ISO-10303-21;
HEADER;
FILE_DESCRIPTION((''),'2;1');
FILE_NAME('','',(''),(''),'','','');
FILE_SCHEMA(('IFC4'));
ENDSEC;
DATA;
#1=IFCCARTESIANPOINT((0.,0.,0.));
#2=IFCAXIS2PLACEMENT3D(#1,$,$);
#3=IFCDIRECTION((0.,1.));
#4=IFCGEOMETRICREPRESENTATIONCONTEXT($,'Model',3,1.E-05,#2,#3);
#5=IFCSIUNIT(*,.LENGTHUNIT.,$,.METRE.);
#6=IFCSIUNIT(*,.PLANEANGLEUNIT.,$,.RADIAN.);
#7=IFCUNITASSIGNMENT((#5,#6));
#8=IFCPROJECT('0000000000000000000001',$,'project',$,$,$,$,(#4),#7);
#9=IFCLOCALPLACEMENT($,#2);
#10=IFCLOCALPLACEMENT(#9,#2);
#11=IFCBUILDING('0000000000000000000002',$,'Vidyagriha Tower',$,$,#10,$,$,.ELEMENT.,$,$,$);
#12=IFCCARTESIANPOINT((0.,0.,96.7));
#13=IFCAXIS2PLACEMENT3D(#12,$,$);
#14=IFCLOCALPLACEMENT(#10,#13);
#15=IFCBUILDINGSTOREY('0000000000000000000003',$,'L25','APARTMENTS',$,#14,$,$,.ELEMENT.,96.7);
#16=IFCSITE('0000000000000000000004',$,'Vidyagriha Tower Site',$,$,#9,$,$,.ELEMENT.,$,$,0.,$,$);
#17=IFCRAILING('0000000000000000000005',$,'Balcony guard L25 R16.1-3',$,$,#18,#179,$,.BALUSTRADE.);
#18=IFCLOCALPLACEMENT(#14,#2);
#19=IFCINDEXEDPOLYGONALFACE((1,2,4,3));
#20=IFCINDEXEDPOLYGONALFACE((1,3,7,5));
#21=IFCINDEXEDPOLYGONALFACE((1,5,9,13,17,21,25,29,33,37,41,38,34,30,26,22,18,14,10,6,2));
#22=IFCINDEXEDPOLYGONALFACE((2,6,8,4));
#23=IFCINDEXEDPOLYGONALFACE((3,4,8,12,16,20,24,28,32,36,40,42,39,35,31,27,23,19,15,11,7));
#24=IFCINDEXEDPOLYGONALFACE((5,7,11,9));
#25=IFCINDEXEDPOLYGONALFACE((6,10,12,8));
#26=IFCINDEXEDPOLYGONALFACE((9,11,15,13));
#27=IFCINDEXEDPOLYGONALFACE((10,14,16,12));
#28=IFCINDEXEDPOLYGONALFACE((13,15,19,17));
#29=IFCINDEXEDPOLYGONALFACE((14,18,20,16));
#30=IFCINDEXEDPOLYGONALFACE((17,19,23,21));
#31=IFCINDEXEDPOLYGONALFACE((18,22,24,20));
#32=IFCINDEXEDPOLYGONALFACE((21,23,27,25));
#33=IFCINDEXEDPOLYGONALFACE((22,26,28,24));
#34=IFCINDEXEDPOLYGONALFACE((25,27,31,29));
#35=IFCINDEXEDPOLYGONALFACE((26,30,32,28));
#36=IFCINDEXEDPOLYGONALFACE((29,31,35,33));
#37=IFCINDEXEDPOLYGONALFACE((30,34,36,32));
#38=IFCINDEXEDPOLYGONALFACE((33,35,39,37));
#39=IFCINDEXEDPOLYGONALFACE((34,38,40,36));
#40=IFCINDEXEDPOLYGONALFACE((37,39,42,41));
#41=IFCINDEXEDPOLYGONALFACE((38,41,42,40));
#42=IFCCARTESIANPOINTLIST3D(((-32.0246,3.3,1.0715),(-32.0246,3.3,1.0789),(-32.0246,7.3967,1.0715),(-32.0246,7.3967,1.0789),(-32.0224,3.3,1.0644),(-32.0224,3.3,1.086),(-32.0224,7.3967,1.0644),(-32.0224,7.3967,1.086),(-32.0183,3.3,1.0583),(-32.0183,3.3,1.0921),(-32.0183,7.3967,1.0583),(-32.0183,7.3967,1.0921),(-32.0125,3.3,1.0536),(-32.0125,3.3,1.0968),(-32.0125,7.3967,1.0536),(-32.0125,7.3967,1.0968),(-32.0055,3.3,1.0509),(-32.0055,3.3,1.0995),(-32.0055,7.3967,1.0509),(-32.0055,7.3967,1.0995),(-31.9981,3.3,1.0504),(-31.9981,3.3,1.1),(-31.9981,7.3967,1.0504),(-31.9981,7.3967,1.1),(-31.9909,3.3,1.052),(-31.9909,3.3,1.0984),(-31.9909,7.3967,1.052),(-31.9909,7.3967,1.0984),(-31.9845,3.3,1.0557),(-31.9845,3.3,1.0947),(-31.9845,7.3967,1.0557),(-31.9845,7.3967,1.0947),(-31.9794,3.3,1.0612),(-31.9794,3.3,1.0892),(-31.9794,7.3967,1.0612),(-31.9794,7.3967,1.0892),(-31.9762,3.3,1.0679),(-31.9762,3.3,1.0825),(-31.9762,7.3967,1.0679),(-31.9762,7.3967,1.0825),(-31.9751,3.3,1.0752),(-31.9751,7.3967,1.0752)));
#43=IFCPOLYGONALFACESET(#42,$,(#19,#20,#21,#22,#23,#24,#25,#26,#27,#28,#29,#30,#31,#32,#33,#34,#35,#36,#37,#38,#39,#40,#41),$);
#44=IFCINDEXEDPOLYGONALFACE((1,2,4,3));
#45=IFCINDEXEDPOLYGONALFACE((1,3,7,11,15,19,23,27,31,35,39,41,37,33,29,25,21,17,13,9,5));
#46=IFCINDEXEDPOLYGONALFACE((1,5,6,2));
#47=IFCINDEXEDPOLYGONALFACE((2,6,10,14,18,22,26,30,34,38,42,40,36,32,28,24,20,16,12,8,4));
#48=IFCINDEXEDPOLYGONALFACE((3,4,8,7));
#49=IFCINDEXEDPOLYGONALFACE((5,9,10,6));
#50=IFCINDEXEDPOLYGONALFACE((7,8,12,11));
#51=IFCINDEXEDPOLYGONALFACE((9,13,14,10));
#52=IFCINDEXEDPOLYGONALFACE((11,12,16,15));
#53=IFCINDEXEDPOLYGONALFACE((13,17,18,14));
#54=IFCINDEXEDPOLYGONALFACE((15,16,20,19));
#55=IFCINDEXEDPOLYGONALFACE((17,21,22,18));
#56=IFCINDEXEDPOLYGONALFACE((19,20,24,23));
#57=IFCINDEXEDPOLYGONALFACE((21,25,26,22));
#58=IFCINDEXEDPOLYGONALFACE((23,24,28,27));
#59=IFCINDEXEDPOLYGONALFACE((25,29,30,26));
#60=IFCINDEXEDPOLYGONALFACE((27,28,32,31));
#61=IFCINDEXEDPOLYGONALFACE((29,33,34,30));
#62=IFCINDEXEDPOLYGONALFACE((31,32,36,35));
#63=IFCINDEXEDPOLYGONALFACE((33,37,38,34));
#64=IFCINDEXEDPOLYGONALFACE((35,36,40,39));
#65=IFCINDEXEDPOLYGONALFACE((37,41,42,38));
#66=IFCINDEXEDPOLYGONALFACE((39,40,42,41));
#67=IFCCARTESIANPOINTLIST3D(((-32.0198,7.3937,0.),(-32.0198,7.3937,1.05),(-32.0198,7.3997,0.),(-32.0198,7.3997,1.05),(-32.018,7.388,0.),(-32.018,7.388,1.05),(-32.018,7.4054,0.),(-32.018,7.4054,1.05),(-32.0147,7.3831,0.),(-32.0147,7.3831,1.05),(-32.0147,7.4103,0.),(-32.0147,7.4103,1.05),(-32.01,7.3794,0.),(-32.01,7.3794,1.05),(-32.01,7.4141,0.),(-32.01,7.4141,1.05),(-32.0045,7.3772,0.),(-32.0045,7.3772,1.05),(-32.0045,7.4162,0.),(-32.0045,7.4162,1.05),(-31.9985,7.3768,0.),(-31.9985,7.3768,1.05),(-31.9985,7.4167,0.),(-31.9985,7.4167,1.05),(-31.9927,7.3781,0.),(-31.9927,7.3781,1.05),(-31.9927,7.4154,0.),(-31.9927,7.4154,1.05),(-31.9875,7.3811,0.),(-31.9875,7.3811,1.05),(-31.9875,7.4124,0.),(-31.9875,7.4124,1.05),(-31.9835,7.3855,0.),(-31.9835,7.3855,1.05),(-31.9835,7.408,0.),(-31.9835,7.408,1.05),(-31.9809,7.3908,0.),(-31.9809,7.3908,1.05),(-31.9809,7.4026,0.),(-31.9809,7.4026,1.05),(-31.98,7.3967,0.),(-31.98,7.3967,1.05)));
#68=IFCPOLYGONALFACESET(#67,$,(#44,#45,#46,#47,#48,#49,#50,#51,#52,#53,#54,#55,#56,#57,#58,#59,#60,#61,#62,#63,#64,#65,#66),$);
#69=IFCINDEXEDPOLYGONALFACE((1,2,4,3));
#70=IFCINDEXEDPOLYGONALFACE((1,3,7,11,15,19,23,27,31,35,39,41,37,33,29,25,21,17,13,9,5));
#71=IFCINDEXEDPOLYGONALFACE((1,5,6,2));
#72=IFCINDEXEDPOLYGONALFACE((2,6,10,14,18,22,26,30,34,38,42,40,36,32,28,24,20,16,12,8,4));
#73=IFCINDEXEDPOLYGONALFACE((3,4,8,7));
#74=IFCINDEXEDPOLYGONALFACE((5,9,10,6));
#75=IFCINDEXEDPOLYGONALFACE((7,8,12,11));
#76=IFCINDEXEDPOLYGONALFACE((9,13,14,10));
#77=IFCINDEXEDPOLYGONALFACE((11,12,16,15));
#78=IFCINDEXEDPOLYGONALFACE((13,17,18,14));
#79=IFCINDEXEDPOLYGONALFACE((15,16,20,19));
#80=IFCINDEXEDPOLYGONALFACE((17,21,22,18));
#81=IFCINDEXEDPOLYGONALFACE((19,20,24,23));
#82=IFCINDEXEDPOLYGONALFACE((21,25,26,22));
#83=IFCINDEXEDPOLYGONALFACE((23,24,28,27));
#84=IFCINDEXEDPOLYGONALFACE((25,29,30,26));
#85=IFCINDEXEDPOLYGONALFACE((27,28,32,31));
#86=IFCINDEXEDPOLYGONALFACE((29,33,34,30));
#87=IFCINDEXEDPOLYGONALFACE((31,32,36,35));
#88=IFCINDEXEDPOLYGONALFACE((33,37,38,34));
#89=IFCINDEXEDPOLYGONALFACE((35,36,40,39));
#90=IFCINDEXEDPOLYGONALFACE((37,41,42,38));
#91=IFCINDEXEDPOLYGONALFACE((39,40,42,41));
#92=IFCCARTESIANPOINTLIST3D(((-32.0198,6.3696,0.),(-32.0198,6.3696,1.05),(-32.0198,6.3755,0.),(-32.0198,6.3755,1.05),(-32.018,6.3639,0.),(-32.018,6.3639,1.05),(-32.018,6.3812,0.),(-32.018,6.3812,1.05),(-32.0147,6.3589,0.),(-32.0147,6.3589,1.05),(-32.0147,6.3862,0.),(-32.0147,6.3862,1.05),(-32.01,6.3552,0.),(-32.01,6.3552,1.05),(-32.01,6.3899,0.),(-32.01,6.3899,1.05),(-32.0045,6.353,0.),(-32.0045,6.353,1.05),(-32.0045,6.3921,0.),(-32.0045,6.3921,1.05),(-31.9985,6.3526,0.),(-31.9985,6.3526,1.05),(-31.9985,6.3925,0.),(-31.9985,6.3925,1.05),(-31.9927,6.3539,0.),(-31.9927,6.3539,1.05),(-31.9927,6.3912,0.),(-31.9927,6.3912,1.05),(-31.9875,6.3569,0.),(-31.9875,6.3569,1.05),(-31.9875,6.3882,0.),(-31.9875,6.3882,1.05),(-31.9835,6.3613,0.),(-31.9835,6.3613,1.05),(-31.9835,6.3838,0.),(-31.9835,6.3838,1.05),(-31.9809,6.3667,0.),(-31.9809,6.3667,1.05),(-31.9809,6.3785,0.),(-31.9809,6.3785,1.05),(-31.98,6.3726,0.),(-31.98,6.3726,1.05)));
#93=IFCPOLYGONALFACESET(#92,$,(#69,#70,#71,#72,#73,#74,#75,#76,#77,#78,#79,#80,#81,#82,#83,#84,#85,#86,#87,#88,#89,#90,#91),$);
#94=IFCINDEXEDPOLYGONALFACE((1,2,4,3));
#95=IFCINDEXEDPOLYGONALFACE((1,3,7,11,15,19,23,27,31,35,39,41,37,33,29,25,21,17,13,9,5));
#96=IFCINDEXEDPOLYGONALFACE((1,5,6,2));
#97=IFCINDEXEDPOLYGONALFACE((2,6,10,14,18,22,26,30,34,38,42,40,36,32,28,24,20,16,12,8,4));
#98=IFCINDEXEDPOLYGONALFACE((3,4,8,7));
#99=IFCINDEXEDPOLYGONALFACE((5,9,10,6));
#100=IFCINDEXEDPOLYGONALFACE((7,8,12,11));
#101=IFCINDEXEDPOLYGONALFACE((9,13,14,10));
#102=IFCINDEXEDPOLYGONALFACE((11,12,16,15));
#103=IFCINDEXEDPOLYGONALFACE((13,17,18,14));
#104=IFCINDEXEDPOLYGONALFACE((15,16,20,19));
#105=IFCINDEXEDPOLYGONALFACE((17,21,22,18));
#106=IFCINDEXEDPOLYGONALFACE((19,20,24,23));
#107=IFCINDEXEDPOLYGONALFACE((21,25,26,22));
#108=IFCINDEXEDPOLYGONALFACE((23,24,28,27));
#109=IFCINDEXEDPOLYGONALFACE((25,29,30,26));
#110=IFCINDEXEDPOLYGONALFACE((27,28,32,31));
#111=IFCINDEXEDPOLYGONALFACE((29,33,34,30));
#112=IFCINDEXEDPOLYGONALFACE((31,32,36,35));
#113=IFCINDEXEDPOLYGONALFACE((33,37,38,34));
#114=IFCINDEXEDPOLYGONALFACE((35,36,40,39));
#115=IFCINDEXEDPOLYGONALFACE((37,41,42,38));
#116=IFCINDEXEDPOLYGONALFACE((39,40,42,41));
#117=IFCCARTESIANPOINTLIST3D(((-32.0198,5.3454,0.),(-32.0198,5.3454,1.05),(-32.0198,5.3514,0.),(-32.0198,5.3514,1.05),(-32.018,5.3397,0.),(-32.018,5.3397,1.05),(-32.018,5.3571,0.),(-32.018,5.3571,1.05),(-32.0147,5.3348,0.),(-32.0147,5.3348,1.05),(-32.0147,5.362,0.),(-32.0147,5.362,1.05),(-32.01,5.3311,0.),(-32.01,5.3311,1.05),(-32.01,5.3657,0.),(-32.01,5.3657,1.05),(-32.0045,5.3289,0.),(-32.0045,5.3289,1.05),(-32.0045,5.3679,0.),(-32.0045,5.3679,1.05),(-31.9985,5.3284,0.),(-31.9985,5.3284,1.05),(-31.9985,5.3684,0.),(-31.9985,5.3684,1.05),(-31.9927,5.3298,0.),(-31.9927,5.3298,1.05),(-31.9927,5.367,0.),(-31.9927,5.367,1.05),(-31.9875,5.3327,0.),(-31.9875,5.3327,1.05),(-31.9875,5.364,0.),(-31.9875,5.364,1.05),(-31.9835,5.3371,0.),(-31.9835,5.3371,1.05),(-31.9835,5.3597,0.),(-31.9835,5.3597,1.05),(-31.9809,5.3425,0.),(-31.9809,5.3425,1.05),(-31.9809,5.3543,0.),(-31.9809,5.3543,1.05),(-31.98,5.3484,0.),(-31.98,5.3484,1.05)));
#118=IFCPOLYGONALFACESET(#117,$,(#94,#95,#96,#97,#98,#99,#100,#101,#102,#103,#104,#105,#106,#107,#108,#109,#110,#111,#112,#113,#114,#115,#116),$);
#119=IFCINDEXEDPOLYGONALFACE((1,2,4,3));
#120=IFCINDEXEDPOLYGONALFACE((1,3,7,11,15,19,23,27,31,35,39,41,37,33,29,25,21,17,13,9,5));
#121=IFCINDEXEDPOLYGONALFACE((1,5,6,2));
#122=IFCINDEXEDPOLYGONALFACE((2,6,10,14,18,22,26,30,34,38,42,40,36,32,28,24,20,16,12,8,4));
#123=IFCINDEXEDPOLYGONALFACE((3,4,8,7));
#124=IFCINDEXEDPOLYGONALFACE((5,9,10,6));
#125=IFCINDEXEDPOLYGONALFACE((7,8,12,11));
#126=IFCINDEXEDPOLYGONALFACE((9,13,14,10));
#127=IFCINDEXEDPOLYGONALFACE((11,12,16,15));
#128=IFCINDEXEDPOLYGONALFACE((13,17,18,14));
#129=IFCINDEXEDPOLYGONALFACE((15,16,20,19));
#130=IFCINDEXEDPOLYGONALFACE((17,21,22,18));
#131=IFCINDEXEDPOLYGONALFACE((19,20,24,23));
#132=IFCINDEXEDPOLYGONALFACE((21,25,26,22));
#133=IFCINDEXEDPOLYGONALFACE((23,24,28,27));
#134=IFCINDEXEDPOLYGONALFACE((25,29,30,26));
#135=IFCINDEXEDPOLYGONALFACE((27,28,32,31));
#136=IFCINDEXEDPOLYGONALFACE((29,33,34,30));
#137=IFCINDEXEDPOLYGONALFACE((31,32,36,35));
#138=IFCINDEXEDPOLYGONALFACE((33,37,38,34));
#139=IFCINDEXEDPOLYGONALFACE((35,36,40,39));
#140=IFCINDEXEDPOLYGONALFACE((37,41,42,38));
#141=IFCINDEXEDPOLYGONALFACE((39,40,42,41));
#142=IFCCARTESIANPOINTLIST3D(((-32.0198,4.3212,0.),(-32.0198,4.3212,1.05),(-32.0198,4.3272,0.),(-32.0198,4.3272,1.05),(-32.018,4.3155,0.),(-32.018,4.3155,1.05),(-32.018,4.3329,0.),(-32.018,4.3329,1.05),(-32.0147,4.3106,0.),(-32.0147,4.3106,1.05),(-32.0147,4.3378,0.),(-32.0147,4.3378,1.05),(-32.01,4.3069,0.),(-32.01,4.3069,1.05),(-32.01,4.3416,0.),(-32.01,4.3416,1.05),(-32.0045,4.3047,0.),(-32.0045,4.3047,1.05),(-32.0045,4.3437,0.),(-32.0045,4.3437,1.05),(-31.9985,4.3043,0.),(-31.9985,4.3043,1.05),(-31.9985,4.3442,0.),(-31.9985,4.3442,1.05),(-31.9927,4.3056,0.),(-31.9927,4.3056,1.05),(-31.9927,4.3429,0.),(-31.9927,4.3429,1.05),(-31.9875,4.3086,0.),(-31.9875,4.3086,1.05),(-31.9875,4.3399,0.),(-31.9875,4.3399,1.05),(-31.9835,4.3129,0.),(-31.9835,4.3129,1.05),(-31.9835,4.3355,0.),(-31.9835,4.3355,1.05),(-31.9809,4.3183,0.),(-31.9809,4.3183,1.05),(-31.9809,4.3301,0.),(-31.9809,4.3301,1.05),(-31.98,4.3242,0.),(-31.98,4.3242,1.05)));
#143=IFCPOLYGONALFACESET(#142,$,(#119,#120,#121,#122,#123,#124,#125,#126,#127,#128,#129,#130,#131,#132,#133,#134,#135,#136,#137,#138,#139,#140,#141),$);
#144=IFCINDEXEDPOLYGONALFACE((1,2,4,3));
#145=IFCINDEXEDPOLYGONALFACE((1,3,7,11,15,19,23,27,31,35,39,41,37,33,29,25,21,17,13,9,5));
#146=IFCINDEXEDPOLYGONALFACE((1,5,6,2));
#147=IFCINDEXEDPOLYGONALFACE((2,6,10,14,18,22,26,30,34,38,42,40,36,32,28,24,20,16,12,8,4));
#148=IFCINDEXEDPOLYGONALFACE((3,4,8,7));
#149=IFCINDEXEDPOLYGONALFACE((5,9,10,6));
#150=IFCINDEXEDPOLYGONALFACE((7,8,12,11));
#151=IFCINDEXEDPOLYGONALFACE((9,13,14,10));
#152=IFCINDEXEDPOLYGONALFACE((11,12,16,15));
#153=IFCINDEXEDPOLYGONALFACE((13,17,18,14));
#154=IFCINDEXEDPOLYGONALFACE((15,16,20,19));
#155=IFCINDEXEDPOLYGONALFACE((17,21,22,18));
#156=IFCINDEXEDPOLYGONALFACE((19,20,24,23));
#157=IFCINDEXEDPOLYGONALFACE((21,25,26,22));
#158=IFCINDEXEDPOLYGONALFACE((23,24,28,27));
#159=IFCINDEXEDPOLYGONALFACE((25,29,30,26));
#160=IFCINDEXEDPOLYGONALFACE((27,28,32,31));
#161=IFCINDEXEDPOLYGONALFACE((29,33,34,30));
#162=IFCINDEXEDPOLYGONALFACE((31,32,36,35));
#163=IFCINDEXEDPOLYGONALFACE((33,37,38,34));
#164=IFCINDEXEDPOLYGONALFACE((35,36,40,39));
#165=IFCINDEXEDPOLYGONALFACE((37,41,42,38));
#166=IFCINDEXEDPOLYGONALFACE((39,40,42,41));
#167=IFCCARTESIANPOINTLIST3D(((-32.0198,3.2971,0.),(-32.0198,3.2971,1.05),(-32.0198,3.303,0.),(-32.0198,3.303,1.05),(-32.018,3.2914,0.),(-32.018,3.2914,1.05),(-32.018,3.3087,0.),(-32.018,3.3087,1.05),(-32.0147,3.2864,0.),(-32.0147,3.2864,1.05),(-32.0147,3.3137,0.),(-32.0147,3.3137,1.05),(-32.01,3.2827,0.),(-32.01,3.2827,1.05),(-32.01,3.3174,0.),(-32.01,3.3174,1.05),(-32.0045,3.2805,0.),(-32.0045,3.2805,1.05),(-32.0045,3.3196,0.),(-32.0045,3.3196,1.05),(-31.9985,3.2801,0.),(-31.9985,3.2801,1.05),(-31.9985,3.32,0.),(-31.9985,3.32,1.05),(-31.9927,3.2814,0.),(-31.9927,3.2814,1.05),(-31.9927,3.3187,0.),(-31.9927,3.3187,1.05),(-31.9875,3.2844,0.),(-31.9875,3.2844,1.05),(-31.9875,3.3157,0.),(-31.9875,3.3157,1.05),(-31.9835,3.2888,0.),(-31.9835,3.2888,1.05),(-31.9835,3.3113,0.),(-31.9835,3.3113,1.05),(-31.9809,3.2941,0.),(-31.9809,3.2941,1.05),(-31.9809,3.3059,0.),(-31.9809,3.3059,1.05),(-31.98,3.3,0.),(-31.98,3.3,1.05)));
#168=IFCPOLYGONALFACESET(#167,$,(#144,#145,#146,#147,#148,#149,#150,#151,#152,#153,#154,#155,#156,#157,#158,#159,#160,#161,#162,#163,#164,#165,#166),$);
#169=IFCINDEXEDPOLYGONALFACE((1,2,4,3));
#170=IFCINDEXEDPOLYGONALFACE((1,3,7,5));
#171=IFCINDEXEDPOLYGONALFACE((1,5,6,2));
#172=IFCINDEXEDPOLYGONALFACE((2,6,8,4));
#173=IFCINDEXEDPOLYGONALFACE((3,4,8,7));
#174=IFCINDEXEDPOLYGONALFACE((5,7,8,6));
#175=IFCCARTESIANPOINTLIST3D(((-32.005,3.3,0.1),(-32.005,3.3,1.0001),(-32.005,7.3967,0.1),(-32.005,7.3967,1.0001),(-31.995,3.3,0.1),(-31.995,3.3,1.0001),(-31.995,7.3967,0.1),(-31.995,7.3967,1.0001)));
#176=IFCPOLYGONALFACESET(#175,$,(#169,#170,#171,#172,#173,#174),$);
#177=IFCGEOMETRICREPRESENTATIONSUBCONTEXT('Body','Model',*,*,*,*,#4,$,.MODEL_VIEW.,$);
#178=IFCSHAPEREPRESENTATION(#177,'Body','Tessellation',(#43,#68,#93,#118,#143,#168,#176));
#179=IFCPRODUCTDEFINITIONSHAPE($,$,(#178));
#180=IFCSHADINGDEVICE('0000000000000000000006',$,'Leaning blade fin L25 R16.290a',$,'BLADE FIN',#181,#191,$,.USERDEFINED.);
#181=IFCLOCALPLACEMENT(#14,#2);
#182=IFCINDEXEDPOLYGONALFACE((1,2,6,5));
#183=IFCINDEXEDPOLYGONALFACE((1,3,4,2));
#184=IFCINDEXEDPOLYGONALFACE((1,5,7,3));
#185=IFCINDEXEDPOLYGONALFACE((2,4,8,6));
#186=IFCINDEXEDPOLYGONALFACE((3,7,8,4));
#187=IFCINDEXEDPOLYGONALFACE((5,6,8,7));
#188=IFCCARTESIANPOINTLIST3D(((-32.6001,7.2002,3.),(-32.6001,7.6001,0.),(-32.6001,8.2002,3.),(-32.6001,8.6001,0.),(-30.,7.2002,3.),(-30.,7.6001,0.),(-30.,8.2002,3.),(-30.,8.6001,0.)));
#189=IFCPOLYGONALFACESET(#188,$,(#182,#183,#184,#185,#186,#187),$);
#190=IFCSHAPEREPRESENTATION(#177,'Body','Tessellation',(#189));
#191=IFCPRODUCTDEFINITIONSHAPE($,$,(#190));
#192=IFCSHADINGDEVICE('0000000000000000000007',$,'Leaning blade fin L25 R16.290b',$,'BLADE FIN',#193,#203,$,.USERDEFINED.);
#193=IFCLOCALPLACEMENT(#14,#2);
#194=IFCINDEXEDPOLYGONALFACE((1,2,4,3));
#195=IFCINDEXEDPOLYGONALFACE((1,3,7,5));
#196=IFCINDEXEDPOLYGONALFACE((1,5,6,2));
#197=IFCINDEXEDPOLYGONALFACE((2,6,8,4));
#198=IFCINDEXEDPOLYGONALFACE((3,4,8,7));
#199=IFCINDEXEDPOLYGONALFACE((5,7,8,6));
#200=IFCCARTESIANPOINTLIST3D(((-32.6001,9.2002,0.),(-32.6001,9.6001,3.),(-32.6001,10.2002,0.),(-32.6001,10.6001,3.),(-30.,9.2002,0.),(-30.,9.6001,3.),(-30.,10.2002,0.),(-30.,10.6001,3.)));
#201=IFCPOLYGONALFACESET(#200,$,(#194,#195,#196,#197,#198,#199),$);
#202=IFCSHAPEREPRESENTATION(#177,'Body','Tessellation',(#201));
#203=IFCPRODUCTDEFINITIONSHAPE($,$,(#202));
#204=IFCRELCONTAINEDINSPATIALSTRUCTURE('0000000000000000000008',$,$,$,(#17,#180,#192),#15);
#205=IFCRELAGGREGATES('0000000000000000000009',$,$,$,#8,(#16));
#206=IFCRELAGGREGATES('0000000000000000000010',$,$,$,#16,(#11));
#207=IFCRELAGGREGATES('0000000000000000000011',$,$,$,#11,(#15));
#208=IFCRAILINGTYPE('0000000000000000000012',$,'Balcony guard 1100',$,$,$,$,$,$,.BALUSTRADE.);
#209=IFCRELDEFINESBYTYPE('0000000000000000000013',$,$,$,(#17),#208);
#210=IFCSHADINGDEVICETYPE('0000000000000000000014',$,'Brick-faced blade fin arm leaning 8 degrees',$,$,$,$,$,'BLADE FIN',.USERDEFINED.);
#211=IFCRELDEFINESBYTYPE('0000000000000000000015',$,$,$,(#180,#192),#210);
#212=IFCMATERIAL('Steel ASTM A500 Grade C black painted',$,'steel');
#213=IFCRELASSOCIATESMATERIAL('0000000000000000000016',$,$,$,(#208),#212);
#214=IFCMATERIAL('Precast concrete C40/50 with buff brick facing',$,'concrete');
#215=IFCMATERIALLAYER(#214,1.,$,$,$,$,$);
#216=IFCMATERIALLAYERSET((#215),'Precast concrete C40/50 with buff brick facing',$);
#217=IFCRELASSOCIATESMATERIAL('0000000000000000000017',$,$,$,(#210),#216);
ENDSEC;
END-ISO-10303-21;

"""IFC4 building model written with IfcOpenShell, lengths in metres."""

from ifc_helpers import new_model, si_unit, direction, frame, origin, origin_2d, place, context, subcontext, project, spatial, polyline, rectangle, circle, outline, extrude, material, layer, layer_set, type_object, element, save


model = new_model("IFC4")

# Units and contexts
model_context = context("Model", 3, precision=1e-05, world=origin(), true_north=direction((0.0, 1.0)))
body_context = subcontext(model_context, "Body", "Model", "MODEL_VIEW")
ifc_project = project(units=[si_unit("LENGTHUNIT", "METRE"), si_unit("PLANEANGLEUNIT", "RADIAN")], contexts=[model_context])

# Site, building, storey
site_placement = place(None, origin())
site = spatial("IfcSite", under=ifc_project, at=site_placement, Name="Vidyagriha Tower Site", CompositionType="ELEMENT", RefElevation=0.0)
building_placement = place(site_placement, origin())
building = spatial("IfcBuilding", under=site, at=building_placement, Name="Vidyagriha Tower", CompositionType="ELEMENT")
storey_placement = place(building_placement, frame((0.0, 0.0, 96.7)))
storey = spatial("IfcBuildingStorey", under=building, at=storey_placement, Name="L25", Description="APARTMENTS", CompositionType="ELEMENT", Elevation=96.7)

# Railing
ifc_material_1 = material(Name="Steel ASTM A500 Grade C black painted", Category="steel")
railing_type_1 = type_object("IfcRailingType", Name="Balcony guard 1100", PredefinedType="BALUSTRADE", material=ifc_material_1)
railing_1_placement = place(storey_placement, frame((-32.0, 7.3967, 0.0)))
element("IfcRailing", 1, at=railing_1_placement, inside=storey, type_object=railing_type_1, Name="Balcony guard L25 R16.1-3", PredefinedType="BALUSTRADE", context=body_context, shape_type="SweptSolid", body=[
    extrude(circle(Radius=0.0249, at=origin_2d()), frame((0.0, 0.0, 1.0752), z_axis=(0.0, -1.0, 0.0), x_axis=(1.0, 0.0, 0.0)), (0.0, 0.0, 1.0), 4.0967),
    extrude(circle(Radius=0.02, at=origin_2d()), origin(), (0.0, 0.0, 1.0), 1.05),
    extrude(circle(Radius=0.02, at=origin_2d()), frame((0.0, -1.0242, 0.0)), (0.0, 0.0, 1.0), 1.05),
    extrude(circle(Radius=0.02, at=origin_2d()), frame((0.0, -2.0483, 0.0)), (0.0, 0.0, 1.0), 1.05),
    extrude(circle(Radius=0.02, at=origin_2d()), frame((0.0, -3.0725, 0.0)), (0.0, 0.0, 1.0), 1.05),
    extrude(circle(Radius=0.02, at=origin_2d()), frame((0.0, -4.0967, 0.0)), (0.0, 0.0, 1.0), 1.05),
    extrude(rectangle(XDim=0.01, YDim=0.9001, at=origin_2d()), frame((0.0, 0.0, 0.55), z_axis=(0.0, -1.0, 0.0), x_axis=(1.0, 0.0, 0.0)), (0.0, 0.0, 1.0), 4.0967),
])

# Shading devices
ifc_material_2 = material(Name="Precast concrete C40/50 with buff brick facing", Category="concrete")
ifc_layer_1 = layer(ifc_material_2, 1.0)
ifc_layer_set_1 = layer_set([ifc_layer_1], Name="Precast concrete C40/50 with buff brick facing")
shading_device_type_1 = type_object("IfcShadingDeviceType", Name="Brick-faced blade fin arm leaning 8 degrees", ElementType="BLADE FIN", PredefinedType="USERDEFINED", material=ifc_layer_set_1)
shading_device_1_placement = place(storey_placement, frame((-31.3, 8.6001, 0.0), z_axis=(0.0, 0.0, 1.0), x_axis=(0.0, -1.0, 0.0)))
element("IfcShadingDevice", 2, at=shading_device_1_placement, inside=storey, type_object=shading_device_type_1, Name="Leaning blade fin L25 R16.290a", ObjectType="BLADE FIN", PredefinedType="USERDEFINED", context=body_context, shape_type="SweptSolid", body=[
    extrude(outline(polyline([(0.0, 0.0), (1.0, 0.0), (1.3999, 3.0), (0.3999, 3.0), (0.0, 0.0)])), frame((0.0, 1.3, 0.0), z_axis=(0.0, -1.0, 0.0), x_axis=(1.0, 0.0, 0.0)), (0.0, 0.0, 1.0), 2.6001),
])
shading_device_2_placement = place(storey_placement, frame((-31.3, 10.6001, 0.0), z_axis=(0.0, 0.0, 1.0), x_axis=(0.0, -1.0, 0.0)))
element("IfcShadingDevice", 3, at=shading_device_2_placement, inside=storey, type_object=shading_device_type_1, Name="Leaning blade fin L25 R16.290b", ObjectType="BLADE FIN", PredefinedType="USERDEFINED", context=body_context, shape_type="SweptSolid", body=[
    extrude(outline(polyline([(0.3999, 0.0), (1.3999, 0.0), (1.0, 3.0), (0.0, 3.0), (0.3999, 0.0)])), frame((0.0, 1.3, 0.0), z_axis=(0.0, -1.0, 0.0), x_axis=(1.0, 0.0, 0.0)), (0.0, 0.0, 1.0), 2.6001),
])

save(model, "model.ifc")
